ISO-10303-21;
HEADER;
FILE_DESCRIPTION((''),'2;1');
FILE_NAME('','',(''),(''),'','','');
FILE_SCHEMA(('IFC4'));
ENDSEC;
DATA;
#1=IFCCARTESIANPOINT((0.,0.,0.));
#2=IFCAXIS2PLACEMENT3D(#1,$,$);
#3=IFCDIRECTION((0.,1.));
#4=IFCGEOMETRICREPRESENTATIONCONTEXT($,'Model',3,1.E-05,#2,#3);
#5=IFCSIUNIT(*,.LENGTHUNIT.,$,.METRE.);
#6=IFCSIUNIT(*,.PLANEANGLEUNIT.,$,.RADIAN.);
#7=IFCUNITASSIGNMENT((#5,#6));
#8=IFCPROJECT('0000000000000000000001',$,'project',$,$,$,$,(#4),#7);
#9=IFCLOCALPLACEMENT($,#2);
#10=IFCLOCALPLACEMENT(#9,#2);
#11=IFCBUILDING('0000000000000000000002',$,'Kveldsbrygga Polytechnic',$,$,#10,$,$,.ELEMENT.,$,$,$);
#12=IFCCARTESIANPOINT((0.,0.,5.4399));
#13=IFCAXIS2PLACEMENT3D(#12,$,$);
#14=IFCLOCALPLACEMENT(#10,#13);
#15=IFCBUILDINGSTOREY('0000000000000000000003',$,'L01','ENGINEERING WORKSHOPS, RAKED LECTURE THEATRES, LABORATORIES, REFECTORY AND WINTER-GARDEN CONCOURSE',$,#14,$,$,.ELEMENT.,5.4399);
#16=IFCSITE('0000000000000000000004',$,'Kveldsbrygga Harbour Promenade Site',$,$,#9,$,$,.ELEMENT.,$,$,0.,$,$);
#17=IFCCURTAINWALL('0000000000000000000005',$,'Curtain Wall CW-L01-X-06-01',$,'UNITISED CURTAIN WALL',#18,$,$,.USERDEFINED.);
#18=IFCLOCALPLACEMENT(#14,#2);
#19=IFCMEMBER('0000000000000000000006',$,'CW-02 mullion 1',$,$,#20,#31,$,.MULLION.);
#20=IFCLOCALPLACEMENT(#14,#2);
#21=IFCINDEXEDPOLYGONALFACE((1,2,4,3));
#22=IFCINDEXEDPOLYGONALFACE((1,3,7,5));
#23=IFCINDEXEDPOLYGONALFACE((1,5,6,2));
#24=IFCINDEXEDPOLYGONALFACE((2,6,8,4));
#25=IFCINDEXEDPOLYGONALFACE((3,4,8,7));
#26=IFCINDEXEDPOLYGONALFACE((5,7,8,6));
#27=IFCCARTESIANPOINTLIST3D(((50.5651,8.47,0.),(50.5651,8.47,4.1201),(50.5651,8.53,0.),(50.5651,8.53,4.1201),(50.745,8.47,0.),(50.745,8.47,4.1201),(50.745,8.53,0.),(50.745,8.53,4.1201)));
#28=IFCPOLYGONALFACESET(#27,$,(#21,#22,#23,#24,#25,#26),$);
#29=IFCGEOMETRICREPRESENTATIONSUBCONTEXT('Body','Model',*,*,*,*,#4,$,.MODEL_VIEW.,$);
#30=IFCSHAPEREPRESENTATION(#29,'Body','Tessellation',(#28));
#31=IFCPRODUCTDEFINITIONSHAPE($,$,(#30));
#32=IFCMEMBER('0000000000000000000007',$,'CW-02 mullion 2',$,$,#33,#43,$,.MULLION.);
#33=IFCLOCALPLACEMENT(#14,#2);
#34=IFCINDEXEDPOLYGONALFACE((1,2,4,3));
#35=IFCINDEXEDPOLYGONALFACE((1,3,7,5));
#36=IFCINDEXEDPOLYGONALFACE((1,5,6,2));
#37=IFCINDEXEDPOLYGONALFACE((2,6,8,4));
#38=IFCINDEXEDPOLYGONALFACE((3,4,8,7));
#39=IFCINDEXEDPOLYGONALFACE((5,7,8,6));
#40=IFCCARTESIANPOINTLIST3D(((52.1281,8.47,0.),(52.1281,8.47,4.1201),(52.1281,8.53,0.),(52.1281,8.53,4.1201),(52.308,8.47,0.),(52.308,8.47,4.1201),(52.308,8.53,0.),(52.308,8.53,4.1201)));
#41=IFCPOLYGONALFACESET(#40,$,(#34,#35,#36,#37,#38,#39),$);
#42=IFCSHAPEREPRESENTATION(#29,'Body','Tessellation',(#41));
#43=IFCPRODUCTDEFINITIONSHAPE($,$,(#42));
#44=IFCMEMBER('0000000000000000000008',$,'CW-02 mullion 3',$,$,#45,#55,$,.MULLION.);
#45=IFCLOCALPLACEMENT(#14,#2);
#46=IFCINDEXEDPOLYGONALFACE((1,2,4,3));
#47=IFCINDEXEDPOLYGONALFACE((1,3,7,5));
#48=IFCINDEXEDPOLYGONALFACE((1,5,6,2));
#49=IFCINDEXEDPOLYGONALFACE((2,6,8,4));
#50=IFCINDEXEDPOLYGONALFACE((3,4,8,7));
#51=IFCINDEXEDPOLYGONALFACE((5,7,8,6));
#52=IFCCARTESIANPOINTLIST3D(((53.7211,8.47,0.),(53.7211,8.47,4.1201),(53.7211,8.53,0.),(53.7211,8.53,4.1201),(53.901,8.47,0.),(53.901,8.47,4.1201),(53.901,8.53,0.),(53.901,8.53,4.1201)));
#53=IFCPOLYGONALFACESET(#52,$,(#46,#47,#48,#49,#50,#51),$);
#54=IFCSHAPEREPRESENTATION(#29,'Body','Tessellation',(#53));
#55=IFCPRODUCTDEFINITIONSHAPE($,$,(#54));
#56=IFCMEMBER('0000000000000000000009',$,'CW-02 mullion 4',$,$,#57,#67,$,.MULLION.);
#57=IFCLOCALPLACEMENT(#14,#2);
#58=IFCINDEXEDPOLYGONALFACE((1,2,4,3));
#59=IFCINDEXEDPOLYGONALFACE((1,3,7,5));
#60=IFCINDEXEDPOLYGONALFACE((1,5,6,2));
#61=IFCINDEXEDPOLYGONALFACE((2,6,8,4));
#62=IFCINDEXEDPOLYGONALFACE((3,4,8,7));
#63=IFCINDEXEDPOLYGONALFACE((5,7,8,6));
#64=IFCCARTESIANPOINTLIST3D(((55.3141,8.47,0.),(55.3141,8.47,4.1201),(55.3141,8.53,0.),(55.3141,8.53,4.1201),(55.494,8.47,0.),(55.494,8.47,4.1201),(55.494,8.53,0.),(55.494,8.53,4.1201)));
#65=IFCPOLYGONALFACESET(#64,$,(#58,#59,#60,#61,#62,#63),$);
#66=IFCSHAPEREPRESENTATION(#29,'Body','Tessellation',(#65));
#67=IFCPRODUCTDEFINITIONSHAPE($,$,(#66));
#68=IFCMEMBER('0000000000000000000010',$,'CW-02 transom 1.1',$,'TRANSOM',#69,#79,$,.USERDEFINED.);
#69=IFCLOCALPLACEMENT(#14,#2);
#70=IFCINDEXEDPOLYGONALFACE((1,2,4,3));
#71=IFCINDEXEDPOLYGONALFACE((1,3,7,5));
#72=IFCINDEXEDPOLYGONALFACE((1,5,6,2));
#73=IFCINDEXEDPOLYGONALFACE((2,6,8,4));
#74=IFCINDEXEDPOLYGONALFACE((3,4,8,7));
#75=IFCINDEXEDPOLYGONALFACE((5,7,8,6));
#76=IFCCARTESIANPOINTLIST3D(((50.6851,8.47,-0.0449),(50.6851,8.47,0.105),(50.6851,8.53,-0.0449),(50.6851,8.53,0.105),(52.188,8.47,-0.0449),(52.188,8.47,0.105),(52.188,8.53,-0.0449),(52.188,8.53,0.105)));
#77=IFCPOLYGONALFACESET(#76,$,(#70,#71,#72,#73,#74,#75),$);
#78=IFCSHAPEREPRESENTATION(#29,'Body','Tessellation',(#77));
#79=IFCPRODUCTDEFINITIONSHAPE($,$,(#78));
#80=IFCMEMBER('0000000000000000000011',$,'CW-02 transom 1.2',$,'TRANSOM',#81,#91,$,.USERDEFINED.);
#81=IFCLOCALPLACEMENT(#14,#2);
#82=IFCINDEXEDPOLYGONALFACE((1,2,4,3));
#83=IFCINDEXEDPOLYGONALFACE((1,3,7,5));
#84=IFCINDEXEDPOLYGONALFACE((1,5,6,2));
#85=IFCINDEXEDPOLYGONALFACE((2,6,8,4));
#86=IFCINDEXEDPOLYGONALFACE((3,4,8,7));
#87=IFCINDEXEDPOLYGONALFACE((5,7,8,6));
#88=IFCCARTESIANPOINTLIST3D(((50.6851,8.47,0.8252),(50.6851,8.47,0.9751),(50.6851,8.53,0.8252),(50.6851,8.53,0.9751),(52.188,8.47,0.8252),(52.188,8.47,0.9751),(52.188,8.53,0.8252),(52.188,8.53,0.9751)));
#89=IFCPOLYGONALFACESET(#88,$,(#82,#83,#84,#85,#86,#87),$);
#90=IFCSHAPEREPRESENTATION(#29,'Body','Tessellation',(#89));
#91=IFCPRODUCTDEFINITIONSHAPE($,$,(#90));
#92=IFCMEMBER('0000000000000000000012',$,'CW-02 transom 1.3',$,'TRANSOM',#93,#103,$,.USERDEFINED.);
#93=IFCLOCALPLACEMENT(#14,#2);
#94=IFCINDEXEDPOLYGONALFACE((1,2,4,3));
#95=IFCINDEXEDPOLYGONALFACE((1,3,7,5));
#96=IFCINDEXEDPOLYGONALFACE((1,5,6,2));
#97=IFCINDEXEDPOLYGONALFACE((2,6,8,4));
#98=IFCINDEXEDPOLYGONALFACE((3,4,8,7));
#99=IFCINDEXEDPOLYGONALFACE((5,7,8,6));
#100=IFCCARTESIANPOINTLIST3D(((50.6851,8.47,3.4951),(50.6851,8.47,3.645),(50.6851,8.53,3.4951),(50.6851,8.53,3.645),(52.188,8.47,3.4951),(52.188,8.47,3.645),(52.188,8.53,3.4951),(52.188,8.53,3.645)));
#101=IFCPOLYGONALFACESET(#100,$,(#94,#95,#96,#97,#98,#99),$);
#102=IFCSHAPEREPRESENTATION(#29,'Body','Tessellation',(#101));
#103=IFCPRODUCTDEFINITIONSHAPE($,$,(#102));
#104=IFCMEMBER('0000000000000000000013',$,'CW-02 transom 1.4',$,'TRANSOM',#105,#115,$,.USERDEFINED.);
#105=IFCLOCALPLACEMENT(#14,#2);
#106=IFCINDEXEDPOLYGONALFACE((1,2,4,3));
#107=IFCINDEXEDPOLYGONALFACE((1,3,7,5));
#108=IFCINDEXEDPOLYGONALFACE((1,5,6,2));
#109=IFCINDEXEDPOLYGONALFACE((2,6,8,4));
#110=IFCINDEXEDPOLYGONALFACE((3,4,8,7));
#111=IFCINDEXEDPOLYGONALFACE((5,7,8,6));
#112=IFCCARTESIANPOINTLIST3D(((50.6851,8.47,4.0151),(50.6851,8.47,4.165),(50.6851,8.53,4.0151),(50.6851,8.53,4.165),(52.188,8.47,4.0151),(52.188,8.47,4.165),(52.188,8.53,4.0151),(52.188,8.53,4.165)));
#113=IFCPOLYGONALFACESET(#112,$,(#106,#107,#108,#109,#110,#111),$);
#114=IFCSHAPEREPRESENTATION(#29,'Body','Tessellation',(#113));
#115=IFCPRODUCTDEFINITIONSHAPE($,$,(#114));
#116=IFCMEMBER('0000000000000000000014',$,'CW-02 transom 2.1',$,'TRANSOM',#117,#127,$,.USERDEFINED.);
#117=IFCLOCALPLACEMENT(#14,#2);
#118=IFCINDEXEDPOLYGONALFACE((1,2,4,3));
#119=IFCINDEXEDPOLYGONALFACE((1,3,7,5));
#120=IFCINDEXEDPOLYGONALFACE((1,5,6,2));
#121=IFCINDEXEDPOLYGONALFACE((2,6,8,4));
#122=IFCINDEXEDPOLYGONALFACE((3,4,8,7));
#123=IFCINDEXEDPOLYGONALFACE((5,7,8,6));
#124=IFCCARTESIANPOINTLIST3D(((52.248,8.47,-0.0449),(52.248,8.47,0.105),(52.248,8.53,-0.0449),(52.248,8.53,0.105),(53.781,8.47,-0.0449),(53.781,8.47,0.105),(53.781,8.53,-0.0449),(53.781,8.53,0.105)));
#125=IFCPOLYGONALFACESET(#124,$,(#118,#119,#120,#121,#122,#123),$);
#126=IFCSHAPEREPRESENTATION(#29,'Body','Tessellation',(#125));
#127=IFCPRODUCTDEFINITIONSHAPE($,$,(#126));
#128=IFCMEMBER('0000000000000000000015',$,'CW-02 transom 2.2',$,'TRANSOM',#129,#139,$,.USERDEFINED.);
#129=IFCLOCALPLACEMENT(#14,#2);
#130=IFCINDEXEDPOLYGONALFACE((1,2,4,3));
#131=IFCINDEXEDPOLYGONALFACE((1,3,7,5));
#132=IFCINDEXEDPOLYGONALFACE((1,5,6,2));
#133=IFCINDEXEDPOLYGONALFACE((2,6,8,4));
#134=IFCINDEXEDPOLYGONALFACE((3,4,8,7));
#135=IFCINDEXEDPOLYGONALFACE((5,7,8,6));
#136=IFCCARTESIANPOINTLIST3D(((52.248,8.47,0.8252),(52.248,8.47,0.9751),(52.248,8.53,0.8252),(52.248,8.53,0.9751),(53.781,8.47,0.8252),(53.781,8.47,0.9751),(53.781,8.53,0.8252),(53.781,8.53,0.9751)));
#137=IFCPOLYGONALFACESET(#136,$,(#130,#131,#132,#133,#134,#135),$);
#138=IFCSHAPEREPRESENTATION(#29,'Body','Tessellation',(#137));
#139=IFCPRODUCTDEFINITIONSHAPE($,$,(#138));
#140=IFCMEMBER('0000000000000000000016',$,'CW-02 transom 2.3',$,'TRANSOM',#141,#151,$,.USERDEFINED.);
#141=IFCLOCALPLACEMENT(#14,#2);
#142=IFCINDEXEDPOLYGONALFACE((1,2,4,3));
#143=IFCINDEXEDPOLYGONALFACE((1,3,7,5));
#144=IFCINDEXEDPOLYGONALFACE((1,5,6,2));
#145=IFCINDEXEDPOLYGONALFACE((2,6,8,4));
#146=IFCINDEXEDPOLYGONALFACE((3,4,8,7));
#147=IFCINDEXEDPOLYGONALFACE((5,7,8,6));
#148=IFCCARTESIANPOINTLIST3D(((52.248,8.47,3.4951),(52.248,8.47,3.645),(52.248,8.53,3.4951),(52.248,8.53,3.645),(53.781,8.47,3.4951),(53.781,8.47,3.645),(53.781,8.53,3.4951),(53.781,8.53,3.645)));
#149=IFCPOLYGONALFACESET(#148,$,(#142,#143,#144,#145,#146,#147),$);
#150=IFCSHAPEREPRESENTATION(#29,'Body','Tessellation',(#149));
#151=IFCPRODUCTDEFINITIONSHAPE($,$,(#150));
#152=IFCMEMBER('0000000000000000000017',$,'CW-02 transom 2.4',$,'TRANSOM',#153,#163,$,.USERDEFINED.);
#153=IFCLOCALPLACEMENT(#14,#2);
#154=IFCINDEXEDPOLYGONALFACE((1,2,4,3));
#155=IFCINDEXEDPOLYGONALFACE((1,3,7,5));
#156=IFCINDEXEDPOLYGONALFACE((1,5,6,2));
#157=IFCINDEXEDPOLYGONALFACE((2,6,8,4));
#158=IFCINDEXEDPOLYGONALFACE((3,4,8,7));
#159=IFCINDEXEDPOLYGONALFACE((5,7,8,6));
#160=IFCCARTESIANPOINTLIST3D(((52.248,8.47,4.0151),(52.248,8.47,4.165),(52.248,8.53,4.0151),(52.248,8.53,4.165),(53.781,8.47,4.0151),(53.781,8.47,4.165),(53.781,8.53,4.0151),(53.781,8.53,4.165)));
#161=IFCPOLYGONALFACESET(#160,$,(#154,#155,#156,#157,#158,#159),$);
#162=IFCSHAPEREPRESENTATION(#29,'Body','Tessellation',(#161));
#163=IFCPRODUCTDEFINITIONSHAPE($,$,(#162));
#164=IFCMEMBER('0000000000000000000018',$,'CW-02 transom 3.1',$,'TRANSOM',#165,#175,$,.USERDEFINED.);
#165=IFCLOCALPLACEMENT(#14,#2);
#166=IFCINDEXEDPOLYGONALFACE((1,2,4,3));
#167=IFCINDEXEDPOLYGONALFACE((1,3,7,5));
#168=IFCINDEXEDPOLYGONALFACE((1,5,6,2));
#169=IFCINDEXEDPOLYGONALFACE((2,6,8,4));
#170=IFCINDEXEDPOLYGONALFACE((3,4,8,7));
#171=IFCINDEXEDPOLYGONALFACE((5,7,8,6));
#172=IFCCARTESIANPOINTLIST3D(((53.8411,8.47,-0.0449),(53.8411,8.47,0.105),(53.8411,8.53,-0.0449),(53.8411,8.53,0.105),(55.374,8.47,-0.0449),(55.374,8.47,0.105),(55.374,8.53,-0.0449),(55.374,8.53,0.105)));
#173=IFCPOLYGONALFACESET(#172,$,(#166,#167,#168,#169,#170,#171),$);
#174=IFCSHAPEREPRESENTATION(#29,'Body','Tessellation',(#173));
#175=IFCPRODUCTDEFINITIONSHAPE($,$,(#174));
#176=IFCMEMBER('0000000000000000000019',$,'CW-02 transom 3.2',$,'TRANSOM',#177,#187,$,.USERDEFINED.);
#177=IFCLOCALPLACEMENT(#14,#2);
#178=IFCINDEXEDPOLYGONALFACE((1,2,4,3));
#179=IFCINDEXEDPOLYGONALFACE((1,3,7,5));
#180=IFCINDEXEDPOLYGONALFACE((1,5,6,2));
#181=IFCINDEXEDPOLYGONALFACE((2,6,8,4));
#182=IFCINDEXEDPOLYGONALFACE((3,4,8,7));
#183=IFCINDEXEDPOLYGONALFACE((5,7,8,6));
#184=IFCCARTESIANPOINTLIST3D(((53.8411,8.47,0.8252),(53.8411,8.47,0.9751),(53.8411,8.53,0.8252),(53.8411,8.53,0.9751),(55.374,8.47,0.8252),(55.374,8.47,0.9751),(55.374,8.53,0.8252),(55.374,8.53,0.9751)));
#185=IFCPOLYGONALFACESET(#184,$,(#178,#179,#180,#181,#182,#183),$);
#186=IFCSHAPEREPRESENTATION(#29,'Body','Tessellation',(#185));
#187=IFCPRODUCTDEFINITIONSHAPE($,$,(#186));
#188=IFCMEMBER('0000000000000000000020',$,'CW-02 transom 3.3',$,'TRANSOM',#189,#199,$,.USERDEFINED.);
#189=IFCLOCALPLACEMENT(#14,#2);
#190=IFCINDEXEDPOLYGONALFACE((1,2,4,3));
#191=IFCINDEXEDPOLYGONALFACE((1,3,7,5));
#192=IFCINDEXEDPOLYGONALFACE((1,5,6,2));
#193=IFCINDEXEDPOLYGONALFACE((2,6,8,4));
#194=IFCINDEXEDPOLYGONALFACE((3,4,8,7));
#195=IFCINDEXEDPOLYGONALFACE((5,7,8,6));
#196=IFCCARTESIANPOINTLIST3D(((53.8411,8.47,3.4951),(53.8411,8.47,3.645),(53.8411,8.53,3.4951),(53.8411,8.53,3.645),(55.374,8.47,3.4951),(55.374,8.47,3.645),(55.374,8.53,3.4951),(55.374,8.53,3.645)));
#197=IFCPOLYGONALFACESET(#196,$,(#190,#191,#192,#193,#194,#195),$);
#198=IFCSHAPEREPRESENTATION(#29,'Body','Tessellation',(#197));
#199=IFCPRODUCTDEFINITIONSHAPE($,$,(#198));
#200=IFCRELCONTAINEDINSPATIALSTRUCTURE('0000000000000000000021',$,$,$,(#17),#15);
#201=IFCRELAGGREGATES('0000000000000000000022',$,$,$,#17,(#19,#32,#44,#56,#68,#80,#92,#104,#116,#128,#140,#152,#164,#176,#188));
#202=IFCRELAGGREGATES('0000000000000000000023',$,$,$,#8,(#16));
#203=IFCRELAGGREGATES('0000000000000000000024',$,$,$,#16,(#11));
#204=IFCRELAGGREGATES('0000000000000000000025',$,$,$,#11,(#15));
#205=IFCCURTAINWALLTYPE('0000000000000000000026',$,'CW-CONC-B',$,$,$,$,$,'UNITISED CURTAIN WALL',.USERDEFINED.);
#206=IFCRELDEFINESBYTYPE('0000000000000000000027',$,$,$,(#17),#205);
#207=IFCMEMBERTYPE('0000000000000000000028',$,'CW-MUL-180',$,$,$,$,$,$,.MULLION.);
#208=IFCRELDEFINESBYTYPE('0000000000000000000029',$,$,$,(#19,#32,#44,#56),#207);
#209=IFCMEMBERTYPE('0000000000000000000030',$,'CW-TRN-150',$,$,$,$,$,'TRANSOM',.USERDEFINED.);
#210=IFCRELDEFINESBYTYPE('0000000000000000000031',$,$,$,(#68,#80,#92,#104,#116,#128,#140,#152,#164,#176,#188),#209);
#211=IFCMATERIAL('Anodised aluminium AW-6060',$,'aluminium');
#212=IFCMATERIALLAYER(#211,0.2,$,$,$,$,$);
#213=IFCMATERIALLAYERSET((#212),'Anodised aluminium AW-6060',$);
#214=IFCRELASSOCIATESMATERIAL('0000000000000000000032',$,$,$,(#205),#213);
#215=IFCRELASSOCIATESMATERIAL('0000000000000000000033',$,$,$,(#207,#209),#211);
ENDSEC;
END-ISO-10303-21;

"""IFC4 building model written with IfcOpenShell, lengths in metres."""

from ifc_helpers import new_model, si_unit, direction, frame, origin, origin_2d, place, context, subcontext, project, spatial, rectangle, extrude, material, layer, layer_set, material_profile, profile_set, type_object, element, aggregate, save


model = new_model("IFC4")

# Units and contexts
model_context = context("Model", 3, precision=1e-05, world=origin(), true_north=direction((0.0, 1.0)))
body_context = subcontext(model_context, "Body", "Model", "MODEL_VIEW")
ifc_project = project(units=[si_unit("LENGTHUNIT", "METRE"), si_unit("PLANEANGLEUNIT", "RADIAN")], contexts=[model_context])

# Site, building, storey
site_placement = place(None, origin())
site = spatial("IfcSite", under=ifc_project, at=site_placement, Name="Kveldsbrygga Harbour Promenade Site", CompositionType="ELEMENT", RefElevation=0.0)
building_placement = place(site_placement, origin())
building = spatial("IfcBuilding", under=site, at=building_placement, Name="Kveldsbrygga Polytechnic", CompositionType="ELEMENT")
storey_placement = place(building_placement, frame((0.0, 0.0, 5.4399)))
storey = spatial("IfcBuildingStorey", under=building, at=storey_placement, Name="L01", Description="ENGINEERING WORKSHOPS, RAKED LECTURE THEATRES, LABORATORIES, REFECTORY AND WINTER-GARDEN CONCOURSE", CompositionType="ELEMENT", Elevation=5.4399)

# Curtain wall, members
ifc_material_1 = material(Name="Anodised aluminium AW-6060", Category="aluminium")
ifc_layer_1 = layer(ifc_material_1, 0.2)
ifc_layer_set_1 = layer_set([ifc_layer_1], Name="Anodised aluminium AW-6060")
curtain_wall_type = type_object("IfcCurtainWallType", Name="CW-CONC-B", ElementType="UNITISED CURTAIN WALL", PredefinedType="USERDEFINED", material=ifc_layer_set_1)
curtain_wall_placement = place(storey_placement, origin())
curtain_wall = element("IfcCurtainWall", 1, at=curtain_wall_placement, inside=storey, type_object=curtain_wall_type, Name="Curtain Wall CW-L01-X-06-01", ObjectType="UNITISED CURTAIN WALL", PredefinedType="USERDEFINED")
ifc_material_profile_1 = material_profile(ifc_material_1, rectangle(XDim=0.0601, YDim=0.1799, at=origin_2d()), Name="ALU 60x180")
ifc_profile_set_1 = profile_set([ifc_material_profile_1], Name="Anodised aluminium AW-6060")
member_type_1 = type_object("IfcMemberType", Name="CW-MUL-180", PredefinedType="MULLION", material=ifc_profile_set_1)
member_1_placement = place(storey_placement, frame((50.655, 8.5, 0.0), z_axis=(0.0, 0.0, 1.0), x_axis=(0.0, 1.0, 0.0)))
member_1 = element("IfcMember", 2, at=member_1_placement, type_object=member_type_1, Name="CW-02 mullion 1", PredefinedType="MULLION", context=body_context, shape_type="SweptSolid", body=[
    extrude(rectangle(XDim=0.0601, YDim=0.1799, at=origin_2d()), origin(), (0.0, 0.0, 1.0), 4.1201),
])
member_2_placement = place(storey_placement, frame((52.218, 8.5, 0.0), z_axis=(0.0, 0.0, 1.0), x_axis=(0.0, 1.0, 0.0)))
member_2 = element("IfcMember", 3, at=member_2_placement, type_object=member_type_1, Name="CW-02 mullion 2", PredefinedType="MULLION", context=body_context, shape_type="SweptSolid", body=[
    extrude(rectangle(XDim=0.0601, YDim=0.1799, at=origin_2d()), origin(), (0.0, 0.0, 1.0), 4.1201),
])
member_3_placement = place(storey_placement, frame((53.811, 8.5, 0.0), z_axis=(0.0, 0.0, 1.0), x_axis=(0.0, 1.0, 0.0)))
member_3 = element("IfcMember", 4, at=member_3_placement, type_object=member_type_1, Name="CW-02 mullion 3", PredefinedType="MULLION", context=body_context, shape_type="SweptSolid", body=[
    extrude(rectangle(XDim=0.0601, YDim=0.1799, at=origin_2d()), origin(), (0.0, 0.0, 1.0), 4.1201),
])
member_4_placement = place(storey_placement, frame((55.4041, 8.5, 0.0), z_axis=(0.0, 0.0, 1.0), x_axis=(0.0, 1.0, 0.0)))
member_4 = element("IfcMember", 5, at=member_4_placement, type_object=member_type_1, Name="CW-02 mullion 4", PredefinedType="MULLION", context=body_context, shape_type="SweptSolid", body=[
    extrude(rectangle(XDim=0.0601, YDim=0.1799, at=origin_2d()), origin(), (0.0, 0.0, 1.0), 4.1201),
])
ifc_material_profile_2 = material_profile(ifc_material_1, rectangle(XDim=0.0601, YDim=0.1499, at=origin_2d()), Name="ALU 60x150")
ifc_profile_set_2 = profile_set([ifc_material_profile_2], Name="Anodised aluminium AW-6060")
member_type_2 = type_object("IfcMemberType", Name="CW-TRN-150", ElementType="TRANSOM", PredefinedType="USERDEFINED", material=ifc_profile_set_2)
member_5_placement = place(storey_placement, frame((50.6851, 8.5, 0.03), z_axis=(1.0, 0.0, 0.0), x_axis=(0.0, 1.0, 0.0)))
member_5 = element("IfcMember", 6, at=member_5_placement, type_object=member_type_2, Name="CW-02 transom 1.1", ObjectType="TRANSOM", PredefinedType="USERDEFINED", context=body_context, shape_type="SweptSolid", body=[
    extrude(rectangle(XDim=0.0601, YDim=0.1499, at=origin_2d()), origin(), (0.0, 0.0, 1.0), 1.5029),
])
member_6_placement = place(storey_placement, frame((50.6851, 8.5, 0.9001), z_axis=(1.0, 0.0, 0.0), x_axis=(0.0, 1.0, 0.0)))
member_6 = element("IfcMember", 7, at=member_6_placement, type_object=member_type_2, Name="CW-02 transom 1.2", ObjectType="TRANSOM", PredefinedType="USERDEFINED", context=body_context, shape_type="SweptSolid", body=[
    extrude(rectangle(XDim=0.0601, YDim=0.1499, at=origin_2d()), origin(), (0.0, 0.0, 1.0), 1.5029),
])
member_7_placement = place(storey_placement, frame((50.6851, 8.5, 3.5701), z_axis=(1.0, 0.0, 0.0), x_axis=(0.0, 1.0, 0.0)))
member_7 = element("IfcMember", 8, at=member_7_placement, type_object=member_type_2, Name="CW-02 transom 1.3", ObjectType="TRANSOM", PredefinedType="USERDEFINED", context=body_context, shape_type="SweptSolid", body=[
    extrude(rectangle(XDim=0.0601, YDim=0.1499, at=origin_2d()), origin(), (0.0, 0.0, 1.0), 1.5029),
])
member_8_placement = place(storey_placement, frame((50.6851, 8.5, 4.0901), z_axis=(1.0, 0.0, 0.0), x_axis=(0.0, 1.0, 0.0)))
member_8 = element("IfcMember", 9, at=member_8_placement, type_object=member_type_2, Name="CW-02 transom 1.4", ObjectType="TRANSOM", PredefinedType="USERDEFINED", context=body_context, shape_type="SweptSolid", body=[
    extrude(rectangle(XDim=0.0601, YDim=0.1499, at=origin_2d()), origin(), (0.0, 0.0, 1.0), 1.5029),
])
member_9_placement = place(storey_placement, frame((52.248, 8.5, 0.03), z_axis=(1.0, 0.0, 0.0), x_axis=(0.0, 1.0, 0.0)))
member_9 = element("IfcMember", 10, at=member_9_placement, type_object=member_type_2, Name="CW-02 transom 2.1", ObjectType="TRANSOM", PredefinedType="USERDEFINED", context=body_context, shape_type="SweptSolid", body=[
    extrude(rectangle(XDim=0.0601, YDim=0.1499, at=origin_2d()), origin(), (0.0, 0.0, 1.0), 1.533),
])
member_10_placement = place(storey_placement, frame((52.248, 8.5, 0.9001), z_axis=(1.0, 0.0, 0.0), x_axis=(0.0, 1.0, 0.0)))
member_10 = element("IfcMember", 11, at=member_10_placement, type_object=member_type_2, Name="CW-02 transom 2.2", ObjectType="TRANSOM", PredefinedType="USERDEFINED", context=body_context, shape_type="SweptSolid", body=[
    extrude(rectangle(XDim=0.0601, YDim=0.1499, at=origin_2d()), origin(), (0.0, 0.0, 1.0), 1.533),
])
member_11_placement = place(storey_placement, frame((52.248, 8.5, 3.5701), z_axis=(1.0, 0.0, 0.0), x_axis=(0.0, 1.0, 0.0)))
member_11 = element("IfcMember", 12, at=member_11_placement, type_object=member_type_2, Name="CW-02 transom 2.3", ObjectType="TRANSOM", PredefinedType="USERDEFINED", context=body_context, shape_type="SweptSolid", body=[
    extrude(rectangle(XDim=0.0601, YDim=0.1499, at=origin_2d()), origin(), (0.0, 0.0, 1.0), 1.533),
])
member_12_placement = place(storey_placement, frame((52.248, 8.5, 4.0901), z_axis=(1.0, 0.0, 0.0), x_axis=(0.0, 1.0, 0.0)))
member_12 = element("IfcMember", 13, at=member_12_placement, type_object=member_type_2, Name="CW-02 transom 2.4", ObjectType="TRANSOM", PredefinedType="USERDEFINED", context=body_context, shape_type="SweptSolid", body=[
    extrude(rectangle(XDim=0.0601, YDim=0.1499, at=origin_2d()), origin(), (0.0, 0.0, 1.0), 1.533),
])
member_13_placement = place(storey_placement, frame((53.8411, 8.5, 0.03), z_axis=(1.0, 0.0, 0.0), x_axis=(0.0, 1.0, 0.0)))
member_13 = element("IfcMember", 14, at=member_13_placement, type_object=member_type_2, Name="CW-02 transom 3.1", ObjectType="TRANSOM", PredefinedType="USERDEFINED", context=body_context, shape_type="SweptSolid", body=[
    extrude(rectangle(XDim=0.0601, YDim=0.1499, at=origin_2d()), origin(), (0.0, 0.0, 1.0), 1.533),
])
member_14_placement = place(storey_placement, frame((53.8411, 8.5, 0.9001), z_axis=(1.0, 0.0, 0.0), x_axis=(0.0, 1.0, 0.0)))
member_14 = element("IfcMember", 15, at=member_14_placement, type_object=member_type_2, Name="CW-02 transom 3.2", ObjectType="TRANSOM", PredefinedType="USERDEFINED", context=body_context, shape_type="SweptSolid", body=[
    extrude(rectangle(XDim=0.0601, YDim=0.1499, at=origin_2d()), origin(), (0.0, 0.0, 1.0), 1.533),
])
member_15_placement = place(storey_placement, frame((53.8411, 8.5, 3.5701), z_axis=(1.0, 0.0, 0.0), x_axis=(0.0, 1.0, 0.0)))
member_15 = element("IfcMember", 16, at=member_15_placement, type_object=member_type_2, Name="CW-02 transom 3.3", ObjectType="TRANSOM", PredefinedType="USERDEFINED", context=body_context, shape_type="SweptSolid", body=[
    extrude(rectangle(XDim=0.0601, YDim=0.1499, at=origin_2d()), origin(), (0.0, 0.0, 1.0), 1.533),
])

aggregate(curtain_wall, [member_1, member_2, member_3, member_4, member_5, member_6, member_7, member_8, member_9, member_10, member_11, member_12, member_13, member_14, member_15])

save(model, "model.ifc")
